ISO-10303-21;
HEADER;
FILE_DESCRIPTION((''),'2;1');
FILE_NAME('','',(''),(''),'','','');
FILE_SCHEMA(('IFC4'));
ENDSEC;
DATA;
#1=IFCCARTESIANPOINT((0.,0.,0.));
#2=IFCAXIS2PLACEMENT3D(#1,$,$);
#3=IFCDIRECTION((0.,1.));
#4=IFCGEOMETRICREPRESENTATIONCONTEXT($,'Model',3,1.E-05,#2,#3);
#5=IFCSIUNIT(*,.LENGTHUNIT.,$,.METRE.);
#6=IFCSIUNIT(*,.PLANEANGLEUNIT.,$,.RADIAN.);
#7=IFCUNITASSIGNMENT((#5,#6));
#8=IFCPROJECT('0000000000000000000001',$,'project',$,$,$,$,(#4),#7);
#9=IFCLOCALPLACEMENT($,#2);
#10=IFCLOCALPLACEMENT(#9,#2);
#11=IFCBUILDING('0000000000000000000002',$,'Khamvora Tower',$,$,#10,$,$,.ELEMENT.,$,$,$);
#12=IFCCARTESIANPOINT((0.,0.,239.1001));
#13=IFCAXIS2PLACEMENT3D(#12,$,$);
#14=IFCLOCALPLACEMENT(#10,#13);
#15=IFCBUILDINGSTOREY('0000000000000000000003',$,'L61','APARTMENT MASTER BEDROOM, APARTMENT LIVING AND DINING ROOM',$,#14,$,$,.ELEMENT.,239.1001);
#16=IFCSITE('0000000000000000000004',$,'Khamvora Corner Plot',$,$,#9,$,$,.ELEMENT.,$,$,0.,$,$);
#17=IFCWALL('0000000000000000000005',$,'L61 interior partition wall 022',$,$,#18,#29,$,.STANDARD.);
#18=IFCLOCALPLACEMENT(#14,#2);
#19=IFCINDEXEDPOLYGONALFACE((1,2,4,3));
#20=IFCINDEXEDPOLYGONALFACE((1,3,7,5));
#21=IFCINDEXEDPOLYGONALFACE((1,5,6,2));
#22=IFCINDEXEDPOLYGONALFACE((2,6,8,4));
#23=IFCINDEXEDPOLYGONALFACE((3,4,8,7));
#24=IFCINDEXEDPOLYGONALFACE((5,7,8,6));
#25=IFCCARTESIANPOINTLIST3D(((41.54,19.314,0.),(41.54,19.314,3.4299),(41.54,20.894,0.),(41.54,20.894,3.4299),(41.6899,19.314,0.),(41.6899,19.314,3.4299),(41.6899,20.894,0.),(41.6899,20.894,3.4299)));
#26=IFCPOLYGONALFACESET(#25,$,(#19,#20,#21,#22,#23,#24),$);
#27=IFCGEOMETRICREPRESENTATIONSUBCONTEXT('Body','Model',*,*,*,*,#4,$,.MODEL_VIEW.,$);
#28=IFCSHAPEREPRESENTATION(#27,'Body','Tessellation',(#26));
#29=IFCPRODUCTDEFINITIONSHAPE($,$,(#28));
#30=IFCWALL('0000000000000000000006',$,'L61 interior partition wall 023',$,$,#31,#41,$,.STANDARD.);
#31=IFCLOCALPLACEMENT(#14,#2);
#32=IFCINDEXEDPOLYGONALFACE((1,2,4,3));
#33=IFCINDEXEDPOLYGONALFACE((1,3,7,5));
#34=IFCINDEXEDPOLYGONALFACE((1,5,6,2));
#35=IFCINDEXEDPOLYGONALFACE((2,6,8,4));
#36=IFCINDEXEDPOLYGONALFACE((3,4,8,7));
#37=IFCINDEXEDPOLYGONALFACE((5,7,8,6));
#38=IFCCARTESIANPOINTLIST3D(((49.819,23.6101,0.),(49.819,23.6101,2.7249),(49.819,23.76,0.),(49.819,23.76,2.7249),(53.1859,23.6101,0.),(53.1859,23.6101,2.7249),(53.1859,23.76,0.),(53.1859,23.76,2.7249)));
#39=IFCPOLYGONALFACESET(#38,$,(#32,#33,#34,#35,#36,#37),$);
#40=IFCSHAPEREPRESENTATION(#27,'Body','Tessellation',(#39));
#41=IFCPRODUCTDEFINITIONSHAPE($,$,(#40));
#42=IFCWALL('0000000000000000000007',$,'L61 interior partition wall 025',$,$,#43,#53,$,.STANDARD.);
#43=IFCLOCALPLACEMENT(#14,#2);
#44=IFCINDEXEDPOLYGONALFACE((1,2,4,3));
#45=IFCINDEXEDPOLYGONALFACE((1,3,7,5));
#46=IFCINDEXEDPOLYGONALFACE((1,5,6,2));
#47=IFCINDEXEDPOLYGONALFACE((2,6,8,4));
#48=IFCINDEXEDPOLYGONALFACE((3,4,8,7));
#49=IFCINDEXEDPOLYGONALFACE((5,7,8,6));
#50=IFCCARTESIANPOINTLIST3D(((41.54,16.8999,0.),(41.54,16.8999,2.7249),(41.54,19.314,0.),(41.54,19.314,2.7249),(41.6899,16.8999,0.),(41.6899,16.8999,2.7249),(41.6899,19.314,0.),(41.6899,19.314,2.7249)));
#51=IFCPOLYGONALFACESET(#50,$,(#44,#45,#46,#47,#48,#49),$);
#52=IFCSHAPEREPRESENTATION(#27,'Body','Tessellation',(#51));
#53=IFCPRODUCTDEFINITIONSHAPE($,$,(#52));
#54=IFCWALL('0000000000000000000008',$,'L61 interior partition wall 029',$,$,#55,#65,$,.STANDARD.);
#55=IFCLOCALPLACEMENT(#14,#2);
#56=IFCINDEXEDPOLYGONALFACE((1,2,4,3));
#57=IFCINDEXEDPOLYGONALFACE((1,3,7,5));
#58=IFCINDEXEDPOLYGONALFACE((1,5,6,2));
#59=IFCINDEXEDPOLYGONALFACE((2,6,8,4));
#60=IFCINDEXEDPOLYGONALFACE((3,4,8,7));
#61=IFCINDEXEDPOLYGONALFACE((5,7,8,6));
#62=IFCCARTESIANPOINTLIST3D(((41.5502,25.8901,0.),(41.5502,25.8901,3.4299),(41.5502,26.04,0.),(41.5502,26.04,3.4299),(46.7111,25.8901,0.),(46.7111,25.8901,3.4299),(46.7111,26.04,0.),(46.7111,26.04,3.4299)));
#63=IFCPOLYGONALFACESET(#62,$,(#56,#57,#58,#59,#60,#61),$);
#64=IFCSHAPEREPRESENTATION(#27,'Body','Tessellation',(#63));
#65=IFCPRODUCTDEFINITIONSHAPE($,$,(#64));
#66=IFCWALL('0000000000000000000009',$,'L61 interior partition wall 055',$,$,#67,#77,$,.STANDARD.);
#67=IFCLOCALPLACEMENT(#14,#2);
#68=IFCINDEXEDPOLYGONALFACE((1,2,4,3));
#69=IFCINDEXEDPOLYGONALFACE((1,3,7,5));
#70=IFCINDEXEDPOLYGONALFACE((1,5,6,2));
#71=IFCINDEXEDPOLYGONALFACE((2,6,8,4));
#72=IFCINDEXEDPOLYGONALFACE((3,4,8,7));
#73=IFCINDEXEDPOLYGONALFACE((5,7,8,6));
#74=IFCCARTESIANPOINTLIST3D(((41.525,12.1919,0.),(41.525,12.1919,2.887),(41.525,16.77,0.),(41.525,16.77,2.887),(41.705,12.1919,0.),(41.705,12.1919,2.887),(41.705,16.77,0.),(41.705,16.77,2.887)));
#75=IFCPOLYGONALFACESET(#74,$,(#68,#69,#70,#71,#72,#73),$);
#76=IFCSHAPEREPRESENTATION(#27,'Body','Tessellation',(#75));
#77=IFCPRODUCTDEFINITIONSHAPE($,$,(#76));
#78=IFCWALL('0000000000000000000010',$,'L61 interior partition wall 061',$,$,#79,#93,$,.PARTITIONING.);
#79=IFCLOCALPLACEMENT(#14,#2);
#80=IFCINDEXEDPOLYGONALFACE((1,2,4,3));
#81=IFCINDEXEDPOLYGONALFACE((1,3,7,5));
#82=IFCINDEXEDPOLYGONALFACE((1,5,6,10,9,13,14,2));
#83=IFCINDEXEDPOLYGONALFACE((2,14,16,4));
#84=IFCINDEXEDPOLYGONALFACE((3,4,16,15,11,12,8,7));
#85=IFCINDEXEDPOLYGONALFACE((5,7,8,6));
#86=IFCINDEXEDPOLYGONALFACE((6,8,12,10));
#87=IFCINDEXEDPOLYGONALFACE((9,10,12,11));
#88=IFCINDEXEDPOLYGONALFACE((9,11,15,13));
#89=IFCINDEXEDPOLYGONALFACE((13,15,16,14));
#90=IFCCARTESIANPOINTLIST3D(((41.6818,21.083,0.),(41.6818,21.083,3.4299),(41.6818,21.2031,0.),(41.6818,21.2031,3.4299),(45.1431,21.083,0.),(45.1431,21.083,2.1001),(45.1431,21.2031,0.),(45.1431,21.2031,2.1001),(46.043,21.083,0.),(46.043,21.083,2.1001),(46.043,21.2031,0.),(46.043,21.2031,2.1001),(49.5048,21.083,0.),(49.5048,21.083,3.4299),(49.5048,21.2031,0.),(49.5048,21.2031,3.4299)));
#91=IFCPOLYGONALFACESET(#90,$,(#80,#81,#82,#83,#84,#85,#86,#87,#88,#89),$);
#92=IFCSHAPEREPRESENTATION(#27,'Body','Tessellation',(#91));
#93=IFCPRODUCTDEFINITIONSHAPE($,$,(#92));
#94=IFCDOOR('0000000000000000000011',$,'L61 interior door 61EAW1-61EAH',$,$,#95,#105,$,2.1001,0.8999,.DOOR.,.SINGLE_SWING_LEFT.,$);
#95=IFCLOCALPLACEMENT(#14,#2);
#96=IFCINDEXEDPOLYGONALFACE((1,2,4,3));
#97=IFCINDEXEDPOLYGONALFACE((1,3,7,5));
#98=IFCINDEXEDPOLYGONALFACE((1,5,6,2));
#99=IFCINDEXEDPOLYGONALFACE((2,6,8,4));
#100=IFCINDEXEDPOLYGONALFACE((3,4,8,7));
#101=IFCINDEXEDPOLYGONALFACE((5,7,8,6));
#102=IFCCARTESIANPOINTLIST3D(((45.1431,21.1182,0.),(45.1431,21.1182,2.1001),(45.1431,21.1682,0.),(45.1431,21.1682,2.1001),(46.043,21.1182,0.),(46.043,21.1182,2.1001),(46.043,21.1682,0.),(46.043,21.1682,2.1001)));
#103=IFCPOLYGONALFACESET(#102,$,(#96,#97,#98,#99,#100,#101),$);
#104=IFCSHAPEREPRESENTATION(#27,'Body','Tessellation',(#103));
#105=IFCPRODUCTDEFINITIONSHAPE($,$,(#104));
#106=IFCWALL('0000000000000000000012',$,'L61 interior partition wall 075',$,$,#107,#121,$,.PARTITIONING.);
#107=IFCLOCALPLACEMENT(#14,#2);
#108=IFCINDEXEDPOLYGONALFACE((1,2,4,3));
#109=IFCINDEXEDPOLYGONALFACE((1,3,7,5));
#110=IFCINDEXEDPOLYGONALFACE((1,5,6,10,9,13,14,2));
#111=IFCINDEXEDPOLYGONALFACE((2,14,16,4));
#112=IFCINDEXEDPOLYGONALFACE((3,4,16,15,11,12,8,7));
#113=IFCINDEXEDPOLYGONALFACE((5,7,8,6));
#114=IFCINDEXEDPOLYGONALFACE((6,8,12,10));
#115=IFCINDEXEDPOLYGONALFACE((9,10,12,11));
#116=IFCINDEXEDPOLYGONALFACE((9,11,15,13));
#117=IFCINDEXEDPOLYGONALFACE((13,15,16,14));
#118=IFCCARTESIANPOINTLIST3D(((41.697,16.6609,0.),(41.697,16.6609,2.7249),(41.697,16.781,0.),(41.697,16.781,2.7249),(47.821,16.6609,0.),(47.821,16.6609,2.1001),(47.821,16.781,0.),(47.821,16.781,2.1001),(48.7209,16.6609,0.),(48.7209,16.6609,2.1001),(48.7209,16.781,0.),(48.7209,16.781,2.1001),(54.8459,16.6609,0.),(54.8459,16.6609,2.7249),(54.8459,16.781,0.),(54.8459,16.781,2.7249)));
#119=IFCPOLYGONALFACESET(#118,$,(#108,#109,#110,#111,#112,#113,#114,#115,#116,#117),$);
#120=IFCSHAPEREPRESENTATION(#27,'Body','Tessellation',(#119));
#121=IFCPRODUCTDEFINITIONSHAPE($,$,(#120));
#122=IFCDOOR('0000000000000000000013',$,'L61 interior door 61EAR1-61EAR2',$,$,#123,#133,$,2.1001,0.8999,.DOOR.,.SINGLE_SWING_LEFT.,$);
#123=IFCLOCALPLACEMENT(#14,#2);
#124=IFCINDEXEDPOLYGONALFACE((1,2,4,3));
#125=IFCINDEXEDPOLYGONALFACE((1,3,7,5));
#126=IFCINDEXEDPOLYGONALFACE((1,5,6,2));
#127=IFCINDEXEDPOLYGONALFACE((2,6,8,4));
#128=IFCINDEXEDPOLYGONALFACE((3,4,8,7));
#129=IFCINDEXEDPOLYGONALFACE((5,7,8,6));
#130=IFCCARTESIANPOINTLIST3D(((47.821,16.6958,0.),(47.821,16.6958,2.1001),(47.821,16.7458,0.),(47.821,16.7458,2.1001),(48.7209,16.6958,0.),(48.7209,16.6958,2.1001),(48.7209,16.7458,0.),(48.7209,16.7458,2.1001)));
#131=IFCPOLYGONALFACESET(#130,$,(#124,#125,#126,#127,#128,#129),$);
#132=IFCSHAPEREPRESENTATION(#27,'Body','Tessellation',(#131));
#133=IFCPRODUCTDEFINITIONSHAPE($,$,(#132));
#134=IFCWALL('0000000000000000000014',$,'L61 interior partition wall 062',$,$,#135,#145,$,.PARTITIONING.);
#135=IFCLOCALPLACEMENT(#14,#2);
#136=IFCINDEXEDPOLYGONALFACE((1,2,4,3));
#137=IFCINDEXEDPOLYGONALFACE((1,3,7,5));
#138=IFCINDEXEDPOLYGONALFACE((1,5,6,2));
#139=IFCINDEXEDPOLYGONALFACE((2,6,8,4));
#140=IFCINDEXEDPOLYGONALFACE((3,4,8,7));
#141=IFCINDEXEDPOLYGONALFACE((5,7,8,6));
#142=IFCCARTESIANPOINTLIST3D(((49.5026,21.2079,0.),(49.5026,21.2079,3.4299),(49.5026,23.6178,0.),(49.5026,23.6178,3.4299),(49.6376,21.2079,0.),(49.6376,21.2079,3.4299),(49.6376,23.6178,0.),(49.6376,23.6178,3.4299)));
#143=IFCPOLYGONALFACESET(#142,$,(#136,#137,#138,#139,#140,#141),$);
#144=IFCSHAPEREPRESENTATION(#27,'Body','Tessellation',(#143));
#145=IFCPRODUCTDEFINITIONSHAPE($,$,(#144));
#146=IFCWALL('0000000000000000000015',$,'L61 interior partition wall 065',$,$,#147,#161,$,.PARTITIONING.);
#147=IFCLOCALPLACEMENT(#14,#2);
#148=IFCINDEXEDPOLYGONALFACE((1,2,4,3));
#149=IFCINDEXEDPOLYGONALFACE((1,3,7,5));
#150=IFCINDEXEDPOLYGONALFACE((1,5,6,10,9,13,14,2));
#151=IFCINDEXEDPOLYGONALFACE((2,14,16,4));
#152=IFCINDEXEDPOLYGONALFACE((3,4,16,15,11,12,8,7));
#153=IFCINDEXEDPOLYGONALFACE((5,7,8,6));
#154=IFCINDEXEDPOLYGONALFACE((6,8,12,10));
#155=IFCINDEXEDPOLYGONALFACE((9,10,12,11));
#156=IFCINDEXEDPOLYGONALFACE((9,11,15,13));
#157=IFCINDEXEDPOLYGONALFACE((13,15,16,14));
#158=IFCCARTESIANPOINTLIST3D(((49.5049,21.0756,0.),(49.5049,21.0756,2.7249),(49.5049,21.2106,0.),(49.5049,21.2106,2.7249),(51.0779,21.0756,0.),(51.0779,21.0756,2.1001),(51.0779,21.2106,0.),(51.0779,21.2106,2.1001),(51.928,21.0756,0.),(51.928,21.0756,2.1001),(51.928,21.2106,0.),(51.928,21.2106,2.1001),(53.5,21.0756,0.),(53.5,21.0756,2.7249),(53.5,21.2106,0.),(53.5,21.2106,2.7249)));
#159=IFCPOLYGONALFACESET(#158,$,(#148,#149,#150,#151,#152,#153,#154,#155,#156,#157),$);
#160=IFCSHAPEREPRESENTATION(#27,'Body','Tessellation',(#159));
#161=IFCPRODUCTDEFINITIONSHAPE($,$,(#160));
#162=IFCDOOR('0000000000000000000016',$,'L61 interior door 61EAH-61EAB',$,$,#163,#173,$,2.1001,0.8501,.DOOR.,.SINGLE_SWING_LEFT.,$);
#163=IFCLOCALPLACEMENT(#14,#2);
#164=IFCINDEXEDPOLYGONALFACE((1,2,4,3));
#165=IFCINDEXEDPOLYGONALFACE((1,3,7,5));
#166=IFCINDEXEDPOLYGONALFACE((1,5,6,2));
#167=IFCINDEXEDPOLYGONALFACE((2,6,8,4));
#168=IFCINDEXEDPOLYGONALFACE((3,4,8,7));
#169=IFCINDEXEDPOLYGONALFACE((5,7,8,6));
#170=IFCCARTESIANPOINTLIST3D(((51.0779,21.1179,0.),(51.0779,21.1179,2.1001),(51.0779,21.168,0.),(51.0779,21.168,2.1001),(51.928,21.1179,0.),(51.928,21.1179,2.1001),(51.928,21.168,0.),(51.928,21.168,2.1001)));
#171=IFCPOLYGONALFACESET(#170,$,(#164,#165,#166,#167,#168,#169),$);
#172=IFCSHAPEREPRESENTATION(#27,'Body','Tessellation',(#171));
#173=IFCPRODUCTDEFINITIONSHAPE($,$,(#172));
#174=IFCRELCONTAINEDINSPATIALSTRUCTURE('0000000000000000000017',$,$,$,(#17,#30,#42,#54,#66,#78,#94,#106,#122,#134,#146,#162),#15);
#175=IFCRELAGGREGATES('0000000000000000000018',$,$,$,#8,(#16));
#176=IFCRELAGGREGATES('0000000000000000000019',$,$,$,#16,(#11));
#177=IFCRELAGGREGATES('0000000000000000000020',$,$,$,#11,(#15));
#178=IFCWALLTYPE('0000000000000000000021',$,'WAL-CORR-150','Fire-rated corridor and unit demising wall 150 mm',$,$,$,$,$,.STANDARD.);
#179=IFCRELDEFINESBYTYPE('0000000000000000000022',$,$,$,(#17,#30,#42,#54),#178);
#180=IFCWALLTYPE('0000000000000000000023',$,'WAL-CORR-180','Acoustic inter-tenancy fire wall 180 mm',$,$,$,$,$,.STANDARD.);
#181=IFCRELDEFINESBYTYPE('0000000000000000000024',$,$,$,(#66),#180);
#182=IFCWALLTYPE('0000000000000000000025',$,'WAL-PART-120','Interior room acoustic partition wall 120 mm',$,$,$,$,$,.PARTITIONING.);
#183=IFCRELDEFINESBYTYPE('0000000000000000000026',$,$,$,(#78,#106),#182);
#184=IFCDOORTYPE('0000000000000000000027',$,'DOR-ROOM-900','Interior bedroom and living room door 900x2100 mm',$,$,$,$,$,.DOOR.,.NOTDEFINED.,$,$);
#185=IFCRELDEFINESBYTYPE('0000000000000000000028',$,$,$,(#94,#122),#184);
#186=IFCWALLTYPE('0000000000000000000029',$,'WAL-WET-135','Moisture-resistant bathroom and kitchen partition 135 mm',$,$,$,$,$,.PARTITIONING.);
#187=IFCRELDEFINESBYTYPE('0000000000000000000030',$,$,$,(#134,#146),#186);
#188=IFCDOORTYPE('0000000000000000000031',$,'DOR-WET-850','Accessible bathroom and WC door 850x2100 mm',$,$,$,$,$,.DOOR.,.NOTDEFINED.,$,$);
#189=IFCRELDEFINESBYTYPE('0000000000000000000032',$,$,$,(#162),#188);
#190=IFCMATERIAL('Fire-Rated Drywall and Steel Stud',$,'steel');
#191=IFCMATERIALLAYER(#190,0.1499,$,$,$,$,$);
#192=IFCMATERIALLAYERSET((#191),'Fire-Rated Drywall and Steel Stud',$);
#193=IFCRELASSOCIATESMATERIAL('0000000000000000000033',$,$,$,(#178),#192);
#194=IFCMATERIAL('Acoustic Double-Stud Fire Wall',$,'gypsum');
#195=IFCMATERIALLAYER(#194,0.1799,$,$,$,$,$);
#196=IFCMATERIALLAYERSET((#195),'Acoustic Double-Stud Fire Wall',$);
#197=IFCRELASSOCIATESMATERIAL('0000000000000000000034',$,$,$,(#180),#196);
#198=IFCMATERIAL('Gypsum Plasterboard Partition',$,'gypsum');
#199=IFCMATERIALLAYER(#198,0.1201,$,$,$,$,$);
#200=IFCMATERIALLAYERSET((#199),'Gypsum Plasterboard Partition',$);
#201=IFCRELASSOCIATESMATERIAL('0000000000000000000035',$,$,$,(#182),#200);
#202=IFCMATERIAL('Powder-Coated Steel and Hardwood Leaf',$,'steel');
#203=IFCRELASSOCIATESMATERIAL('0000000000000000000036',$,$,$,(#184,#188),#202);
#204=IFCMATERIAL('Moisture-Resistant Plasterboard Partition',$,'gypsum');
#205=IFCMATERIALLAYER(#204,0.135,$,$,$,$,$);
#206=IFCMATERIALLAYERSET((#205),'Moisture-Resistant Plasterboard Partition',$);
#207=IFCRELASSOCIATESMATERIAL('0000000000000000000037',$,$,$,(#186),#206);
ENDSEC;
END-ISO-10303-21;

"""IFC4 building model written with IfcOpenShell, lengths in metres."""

from ifc_helpers import new_model, si_unit, direction, frame, frame_2d, origin, place, context, subcontext, project, spatial, rectangle, extrude, material, layer, layer_set, type_object, element, fill, save


model = new_model("IFC4")

# Units and contexts
model_context = context("Model", 3, precision=1e-05, world=origin(), true_north=direction((0.0, 1.0)))
body_context = subcontext(model_context, "Body", "Model", "MODEL_VIEW")
ifc_project = project(units=[si_unit("LENGTHUNIT", "METRE"), si_unit("PLANEANGLEUNIT", "RADIAN")], contexts=[model_context])

# Site, building, storey
site_placement = place(None, origin())
site = spatial("IfcSite", under=ifc_project, at=site_placement, Name="Khamvora Corner Plot", CompositionType="ELEMENT", RefElevation=0.0)
building_placement = place(site_placement, origin())
building = spatial("IfcBuilding", under=site, at=building_placement, Name="Khamvora Tower", CompositionType="ELEMENT")
storey_placement = place(building_placement, frame((0.0, 0.0, 239.1001)))
storey = spatial("IfcBuildingStorey", under=building, at=storey_placement, Name="L61", Description="APARTMENT MASTER BEDROOM, APARTMENT LIVING AND DINING ROOM", CompositionType="ELEMENT", Elevation=239.1001)

# Walls
ifc_material_1 = material(Name="Fire-Rated Drywall and Steel Stud", Category="steel")
ifc_layer_1 = layer(ifc_material_1, 0.1499)
ifc_layer_set_1 = layer_set([ifc_layer_1], Name="Fire-Rated Drywall and Steel Stud")
wall_type_1 = type_object("IfcWallType", Name="WAL-CORR-150", Description="Fire-rated corridor and unit demising wall 150 mm", PredefinedType="STANDARD", material=ifc_layer_set_1)
wall_1_placement = place(storey_placement, frame((41.615, 20.894, 0.0), z_axis=(0.0, 0.0, 1.0), x_axis=(0.0, -1.0, 0.0)))
element("IfcWall", 1, at=wall_1_placement, inside=storey, type_object=wall_type_1, Name="L61 interior partition wall 022", PredefinedType="STANDARD", context=body_context, shape_type="SweptSolid", body=[
    extrude(rectangle(XDim=1.5801, YDim=0.1499, at=frame_2d((0.79, 0.0))), origin(), (0.0, 0.0, 1.0), 3.4299),
])
wall_2_placement = place(storey_placement, frame((53.186, 23.6851, 0.0), z_axis=(0.0, 0.0, 1.0), x_axis=(-1.0, 0.0, 0.0)))
element("IfcWall", 2, at=wall_2_placement, inside=storey, type_object=wall_type_1, Name="L61 interior partition wall 023", PredefinedType="STANDARD", context=body_context, shape_type="SweptSolid", body=[
    extrude(rectangle(XDim=3.3669, YDim=0.1499, at=frame_2d((1.6836, 0.0))), origin(), (0.0, 0.0, 1.0), 2.7249),
])
wall_3_placement = place(storey_placement, frame((41.615, 19.314, 0.0), z_axis=(0.0, 0.0, 1.0), x_axis=(0.0, -1.0, 0.0)))
element("IfcWall", 3, at=wall_3_placement, inside=storey, type_object=wall_type_1, Name="L61 interior partition wall 025", PredefinedType="STANDARD", context=body_context, shape_type="SweptSolid", body=[
    extrude(rectangle(XDim=2.4141, YDim=0.1499, at=frame_2d((1.207, 0.0))), origin(), (0.0, 0.0, 1.0), 2.7249),
])
wall_4_placement = place(storey_placement, frame((41.55, 25.9651, 0.0), z_axis=(0.0, 0.0, 1.0), x_axis=(1.0, 0.0, 0.0)))
element("IfcWall", 4, at=wall_4_placement, inside=storey, type_object=wall_type_1, Name="L61 interior partition wall 029", PredefinedType="STANDARD", context=body_context, shape_type="SweptSolid", body=[
    extrude(rectangle(XDim=5.1609, YDim=0.1499, at=frame_2d((2.5806, 0.0))), origin(), (0.0, 0.0, 1.0), 3.4299),
])
ifc_material_2 = material(Name="Acoustic Double-Stud Fire Wall", Category="gypsum")
ifc_layer_2 = layer(ifc_material_2, 0.1799)
ifc_layer_set_2 = layer_set([ifc_layer_2], Name="Acoustic Double-Stud Fire Wall")
wall_type_2 = type_object("IfcWallType", Name="WAL-CORR-180", Description="Acoustic inter-tenancy fire wall 180 mm", PredefinedType="STANDARD", material=ifc_layer_set_2)
wall_5_placement = place(storey_placement, frame((41.615, 16.77, 0.0), z_axis=(0.0, 0.0, 1.0), x_axis=(0.0, -1.0, 0.0)))
element("IfcWall", 5, at=wall_5_placement, inside=storey, type_object=wall_type_2, Name="L61 interior partition wall 055", PredefinedType="STANDARD", context=body_context, shape_type="SweptSolid", body=[
    extrude(rectangle(XDim=4.5781, YDim=0.1799, at=frame_2d((2.2891, 0.0))), origin(), (0.0, 0.0, 1.0), 2.887),
])

# Walls, openings, doors
ifc_material_3 = material(Name="Gypsum Plasterboard Partition", Category="gypsum")
ifc_layer_3 = layer(ifc_material_3, 0.1201)
ifc_layer_set_3 = layer_set([ifc_layer_3], Name="Gypsum Plasterboard Partition")
wall_type_3 = type_object("IfcWallType", Name="WAL-PART-120", Description="Interior room acoustic partition wall 120 mm", PredefinedType="PARTITIONING", material=ifc_layer_set_3)
wall_6_placement = place(storey_placement, frame((49.5049, 21.1431, 0.0), z_axis=(0.0, 0.0, 1.0), x_axis=(-1.0, 0.0, 0.0)))
wall_6 = element("IfcWall", 6, at=wall_6_placement, inside=storey, type_object=wall_type_3, Name="L61 interior partition wall 061", PredefinedType="PARTITIONING", context=body_context, shape_type="SweptSolid", body=[
    extrude(rectangle(XDim=7.823, YDim=0.1201, at=frame_2d((3.9116, 0.0))), origin(), (0.0, 0.0, 1.0), 3.4299),
])
opening_1_placement = place(wall_6_placement, frame((3.4619, 0.0, 0.0)))
opening_1 = element("IfcOpeningElement", 7, at=opening_1_placement, cuts=wall_6, PredefinedType="OPENING", context=body_context, shape_type="SweptSolid", body=[
    extrude(rectangle(XDim=0.8999, YDim=2.1001, at=frame_2d((0.45, 1.05))), frame((0.0, 0.0701, 0.0), z_axis=(0.0, -1.0, 0.0), x_axis=(1.0, 0.0, 0.0)), (0.0, 0.0, 1.0), 0.1401),
])
ifc_material_4 = material(Name="Powder-Coated Steel and Hardwood Leaf", Category="steel")
door_type_1 = type_object("IfcDoorType", Name="DOR-ROOM-900", Description="Interior bedroom and living room door 900x2100 mm", OperationType="NOTDEFINED", PredefinedType="DOOR", material=ifc_material_4)
door_1_placement = place(opening_1_placement, origin())
door_1 = element("IfcDoor", 8, at=door_1_placement, inside=storey, type_object=door_type_1, Name="L61 interior door 61EAW1-61EAH", OperationType="SINGLE_SWING_LEFT", OverallHeight=2.1001, OverallWidth=0.8999, PredefinedType="DOOR", context=body_context, shape_type="SweptSolid", body=[
    extrude(rectangle(XDim=0.8999, YDim=2.1001, at=frame_2d((0.45, 1.05))), frame((0.0, 0.0249, 0.0), z_axis=(0.0, -1.0, 0.0), x_axis=(1.0, 0.0, 0.0)), (0.0, 0.0, 1.0), 0.05),
])
fill(opening_1, door_1)
wall_7_placement = place(storey_placement, frame((41.697, 16.7209, 0.0), z_axis=(0.0, 0.0, 1.0), x_axis=(1.0, 0.0, 0.0)))
wall_7 = element("IfcWall", 9, at=wall_7_placement, inside=storey, type_object=wall_type_3, Name="L61 interior partition wall 075", PredefinedType="PARTITIONING", context=body_context, shape_type="SweptSolid", body=[
    extrude(rectangle(XDim=13.1489, YDim=0.1201, at=frame_2d((6.5745, 0.0))), origin(), (0.0, 0.0, 1.0), 2.7249),
])
opening_2_placement = place(wall_7_placement, frame((6.124, 0.0, 0.0)))
opening_2 = element("IfcOpeningElement", 10, at=opening_2_placement, cuts=wall_7, PredefinedType="OPENING", context=body_context, shape_type="SweptSolid", body=[
    extrude(rectangle(XDim=0.8999, YDim=2.1001, at=frame_2d((0.45, 1.05))), frame((0.0, 0.0701, 0.0), z_axis=(0.0, -1.0, 0.0), x_axis=(1.0, 0.0, 0.0)), (0.0, 0.0, 1.0), 0.1401),
])
door_2_placement = place(opening_2_placement, origin())
door_2 = element("IfcDoor", 11, at=door_2_placement, inside=storey, type_object=door_type_1, Name="L61 interior door 61EAR1-61EAR2", OperationType="SINGLE_SWING_LEFT", OverallHeight=2.1001, OverallWidth=0.8999, PredefinedType="DOOR", context=body_context, shape_type="SweptSolid", body=[
    extrude(rectangle(XDim=0.8999, YDim=2.1001, at=frame_2d((0.45, 1.05))), frame((0.0, 0.0249, 0.0), z_axis=(0.0, -1.0, 0.0), x_axis=(1.0, 0.0, 0.0)), (0.0, 0.0, 1.0), 0.05),
])
fill(opening_2, door_2)

# Wall
ifc_material_5 = material(Name="Moisture-Resistant Plasterboard Partition", Category="gypsum")
ifc_layer_4 = layer(ifc_material_5, 0.135)
ifc_layer_set_4 = layer_set([ifc_layer_4], Name="Moisture-Resistant Plasterboard Partition")
wall_type_4 = type_object("IfcWallType", Name="WAL-WET-135", Description="Moisture-resistant bathroom and kitchen partition 135 mm", PredefinedType="PARTITIONING", material=ifc_layer_set_4)
wall_8_placement = place(storey_placement, frame((49.5701, 23.6179, 0.0), z_axis=(0.0, 0.0, 1.0), x_axis=(0.0, -1.0, 0.0)))
element("IfcWall", 12, at=wall_8_placement, inside=storey, type_object=wall_type_4, Name="L61 interior partition wall 062", PredefinedType="PARTITIONING", context=body_context, shape_type="SweptSolid", body=[
    extrude(rectangle(XDim=2.4099, YDim=0.135, at=frame_2d((1.2051, 0.0))), origin(), (0.0, 0.0, 1.0), 3.4299),
])

# Wall, opening, door
wall_9_placement = place(storey_placement, frame((49.5049, 21.1431, 0.0), z_axis=(0.0, 0.0, 1.0), x_axis=(1.0, 0.0, 0.0)))
wall_9 = element("IfcWall", 13, at=wall_9_placement, inside=storey, type_object=wall_type_4, Name="L61 interior partition wall 065", PredefinedType="PARTITIONING", context=body_context, shape_type="SweptSolid", body=[
    extrude(rectangle(XDim=3.9951, YDim=0.135, at=frame_2d((1.9976, 0.0))), origin(), (0.0, 0.0, 1.0), 2.7249),
])
opening_3_placement = place(wall_9_placement, frame((1.573, 0.0, 0.0)))
opening_3 = element("IfcOpeningElement", 14, at=opening_3_placement, cuts=wall_9, PredefinedType="OPENING", context=body_context, shape_type="SweptSolid", body=[
    extrude(rectangle(XDim=0.8501, YDim=2.1001, at=frame_2d((0.425, 1.05))), frame((0.0, 0.0774, 0.0), z_axis=(0.0, -1.0, 0.0), x_axis=(1.0, 0.0, 0.0)), (0.0, 0.0, 1.0), 0.155),
])
door_type_2 = type_object("IfcDoorType", Name="DOR-WET-850", Description="Accessible bathroom and WC door 850x2100 mm", OperationType="NOTDEFINED", PredefinedType="DOOR", material=ifc_material_4)
door_3_placement = place(opening_3_placement, origin())
door_3 = element("IfcDoor", 15, at=door_3_placement, inside=storey, type_object=door_type_2, Name="L61 interior door 61EAH-61EAB", OperationType="SINGLE_SWING_LEFT", OverallHeight=2.1001, OverallWidth=0.8501, PredefinedType="DOOR", context=body_context, shape_type="SweptSolid", body=[
    extrude(rectangle(XDim=0.8501, YDim=2.1001, at=frame_2d((0.425, 1.05))), frame((0.0, 0.0249, 0.0), z_axis=(0.0, -1.0, 0.0), x_axis=(1.0, 0.0, 0.0)), (0.0, 0.0, 1.0), 0.05),
])
fill(opening_3, door_3)

save(model, "model.ifc")
